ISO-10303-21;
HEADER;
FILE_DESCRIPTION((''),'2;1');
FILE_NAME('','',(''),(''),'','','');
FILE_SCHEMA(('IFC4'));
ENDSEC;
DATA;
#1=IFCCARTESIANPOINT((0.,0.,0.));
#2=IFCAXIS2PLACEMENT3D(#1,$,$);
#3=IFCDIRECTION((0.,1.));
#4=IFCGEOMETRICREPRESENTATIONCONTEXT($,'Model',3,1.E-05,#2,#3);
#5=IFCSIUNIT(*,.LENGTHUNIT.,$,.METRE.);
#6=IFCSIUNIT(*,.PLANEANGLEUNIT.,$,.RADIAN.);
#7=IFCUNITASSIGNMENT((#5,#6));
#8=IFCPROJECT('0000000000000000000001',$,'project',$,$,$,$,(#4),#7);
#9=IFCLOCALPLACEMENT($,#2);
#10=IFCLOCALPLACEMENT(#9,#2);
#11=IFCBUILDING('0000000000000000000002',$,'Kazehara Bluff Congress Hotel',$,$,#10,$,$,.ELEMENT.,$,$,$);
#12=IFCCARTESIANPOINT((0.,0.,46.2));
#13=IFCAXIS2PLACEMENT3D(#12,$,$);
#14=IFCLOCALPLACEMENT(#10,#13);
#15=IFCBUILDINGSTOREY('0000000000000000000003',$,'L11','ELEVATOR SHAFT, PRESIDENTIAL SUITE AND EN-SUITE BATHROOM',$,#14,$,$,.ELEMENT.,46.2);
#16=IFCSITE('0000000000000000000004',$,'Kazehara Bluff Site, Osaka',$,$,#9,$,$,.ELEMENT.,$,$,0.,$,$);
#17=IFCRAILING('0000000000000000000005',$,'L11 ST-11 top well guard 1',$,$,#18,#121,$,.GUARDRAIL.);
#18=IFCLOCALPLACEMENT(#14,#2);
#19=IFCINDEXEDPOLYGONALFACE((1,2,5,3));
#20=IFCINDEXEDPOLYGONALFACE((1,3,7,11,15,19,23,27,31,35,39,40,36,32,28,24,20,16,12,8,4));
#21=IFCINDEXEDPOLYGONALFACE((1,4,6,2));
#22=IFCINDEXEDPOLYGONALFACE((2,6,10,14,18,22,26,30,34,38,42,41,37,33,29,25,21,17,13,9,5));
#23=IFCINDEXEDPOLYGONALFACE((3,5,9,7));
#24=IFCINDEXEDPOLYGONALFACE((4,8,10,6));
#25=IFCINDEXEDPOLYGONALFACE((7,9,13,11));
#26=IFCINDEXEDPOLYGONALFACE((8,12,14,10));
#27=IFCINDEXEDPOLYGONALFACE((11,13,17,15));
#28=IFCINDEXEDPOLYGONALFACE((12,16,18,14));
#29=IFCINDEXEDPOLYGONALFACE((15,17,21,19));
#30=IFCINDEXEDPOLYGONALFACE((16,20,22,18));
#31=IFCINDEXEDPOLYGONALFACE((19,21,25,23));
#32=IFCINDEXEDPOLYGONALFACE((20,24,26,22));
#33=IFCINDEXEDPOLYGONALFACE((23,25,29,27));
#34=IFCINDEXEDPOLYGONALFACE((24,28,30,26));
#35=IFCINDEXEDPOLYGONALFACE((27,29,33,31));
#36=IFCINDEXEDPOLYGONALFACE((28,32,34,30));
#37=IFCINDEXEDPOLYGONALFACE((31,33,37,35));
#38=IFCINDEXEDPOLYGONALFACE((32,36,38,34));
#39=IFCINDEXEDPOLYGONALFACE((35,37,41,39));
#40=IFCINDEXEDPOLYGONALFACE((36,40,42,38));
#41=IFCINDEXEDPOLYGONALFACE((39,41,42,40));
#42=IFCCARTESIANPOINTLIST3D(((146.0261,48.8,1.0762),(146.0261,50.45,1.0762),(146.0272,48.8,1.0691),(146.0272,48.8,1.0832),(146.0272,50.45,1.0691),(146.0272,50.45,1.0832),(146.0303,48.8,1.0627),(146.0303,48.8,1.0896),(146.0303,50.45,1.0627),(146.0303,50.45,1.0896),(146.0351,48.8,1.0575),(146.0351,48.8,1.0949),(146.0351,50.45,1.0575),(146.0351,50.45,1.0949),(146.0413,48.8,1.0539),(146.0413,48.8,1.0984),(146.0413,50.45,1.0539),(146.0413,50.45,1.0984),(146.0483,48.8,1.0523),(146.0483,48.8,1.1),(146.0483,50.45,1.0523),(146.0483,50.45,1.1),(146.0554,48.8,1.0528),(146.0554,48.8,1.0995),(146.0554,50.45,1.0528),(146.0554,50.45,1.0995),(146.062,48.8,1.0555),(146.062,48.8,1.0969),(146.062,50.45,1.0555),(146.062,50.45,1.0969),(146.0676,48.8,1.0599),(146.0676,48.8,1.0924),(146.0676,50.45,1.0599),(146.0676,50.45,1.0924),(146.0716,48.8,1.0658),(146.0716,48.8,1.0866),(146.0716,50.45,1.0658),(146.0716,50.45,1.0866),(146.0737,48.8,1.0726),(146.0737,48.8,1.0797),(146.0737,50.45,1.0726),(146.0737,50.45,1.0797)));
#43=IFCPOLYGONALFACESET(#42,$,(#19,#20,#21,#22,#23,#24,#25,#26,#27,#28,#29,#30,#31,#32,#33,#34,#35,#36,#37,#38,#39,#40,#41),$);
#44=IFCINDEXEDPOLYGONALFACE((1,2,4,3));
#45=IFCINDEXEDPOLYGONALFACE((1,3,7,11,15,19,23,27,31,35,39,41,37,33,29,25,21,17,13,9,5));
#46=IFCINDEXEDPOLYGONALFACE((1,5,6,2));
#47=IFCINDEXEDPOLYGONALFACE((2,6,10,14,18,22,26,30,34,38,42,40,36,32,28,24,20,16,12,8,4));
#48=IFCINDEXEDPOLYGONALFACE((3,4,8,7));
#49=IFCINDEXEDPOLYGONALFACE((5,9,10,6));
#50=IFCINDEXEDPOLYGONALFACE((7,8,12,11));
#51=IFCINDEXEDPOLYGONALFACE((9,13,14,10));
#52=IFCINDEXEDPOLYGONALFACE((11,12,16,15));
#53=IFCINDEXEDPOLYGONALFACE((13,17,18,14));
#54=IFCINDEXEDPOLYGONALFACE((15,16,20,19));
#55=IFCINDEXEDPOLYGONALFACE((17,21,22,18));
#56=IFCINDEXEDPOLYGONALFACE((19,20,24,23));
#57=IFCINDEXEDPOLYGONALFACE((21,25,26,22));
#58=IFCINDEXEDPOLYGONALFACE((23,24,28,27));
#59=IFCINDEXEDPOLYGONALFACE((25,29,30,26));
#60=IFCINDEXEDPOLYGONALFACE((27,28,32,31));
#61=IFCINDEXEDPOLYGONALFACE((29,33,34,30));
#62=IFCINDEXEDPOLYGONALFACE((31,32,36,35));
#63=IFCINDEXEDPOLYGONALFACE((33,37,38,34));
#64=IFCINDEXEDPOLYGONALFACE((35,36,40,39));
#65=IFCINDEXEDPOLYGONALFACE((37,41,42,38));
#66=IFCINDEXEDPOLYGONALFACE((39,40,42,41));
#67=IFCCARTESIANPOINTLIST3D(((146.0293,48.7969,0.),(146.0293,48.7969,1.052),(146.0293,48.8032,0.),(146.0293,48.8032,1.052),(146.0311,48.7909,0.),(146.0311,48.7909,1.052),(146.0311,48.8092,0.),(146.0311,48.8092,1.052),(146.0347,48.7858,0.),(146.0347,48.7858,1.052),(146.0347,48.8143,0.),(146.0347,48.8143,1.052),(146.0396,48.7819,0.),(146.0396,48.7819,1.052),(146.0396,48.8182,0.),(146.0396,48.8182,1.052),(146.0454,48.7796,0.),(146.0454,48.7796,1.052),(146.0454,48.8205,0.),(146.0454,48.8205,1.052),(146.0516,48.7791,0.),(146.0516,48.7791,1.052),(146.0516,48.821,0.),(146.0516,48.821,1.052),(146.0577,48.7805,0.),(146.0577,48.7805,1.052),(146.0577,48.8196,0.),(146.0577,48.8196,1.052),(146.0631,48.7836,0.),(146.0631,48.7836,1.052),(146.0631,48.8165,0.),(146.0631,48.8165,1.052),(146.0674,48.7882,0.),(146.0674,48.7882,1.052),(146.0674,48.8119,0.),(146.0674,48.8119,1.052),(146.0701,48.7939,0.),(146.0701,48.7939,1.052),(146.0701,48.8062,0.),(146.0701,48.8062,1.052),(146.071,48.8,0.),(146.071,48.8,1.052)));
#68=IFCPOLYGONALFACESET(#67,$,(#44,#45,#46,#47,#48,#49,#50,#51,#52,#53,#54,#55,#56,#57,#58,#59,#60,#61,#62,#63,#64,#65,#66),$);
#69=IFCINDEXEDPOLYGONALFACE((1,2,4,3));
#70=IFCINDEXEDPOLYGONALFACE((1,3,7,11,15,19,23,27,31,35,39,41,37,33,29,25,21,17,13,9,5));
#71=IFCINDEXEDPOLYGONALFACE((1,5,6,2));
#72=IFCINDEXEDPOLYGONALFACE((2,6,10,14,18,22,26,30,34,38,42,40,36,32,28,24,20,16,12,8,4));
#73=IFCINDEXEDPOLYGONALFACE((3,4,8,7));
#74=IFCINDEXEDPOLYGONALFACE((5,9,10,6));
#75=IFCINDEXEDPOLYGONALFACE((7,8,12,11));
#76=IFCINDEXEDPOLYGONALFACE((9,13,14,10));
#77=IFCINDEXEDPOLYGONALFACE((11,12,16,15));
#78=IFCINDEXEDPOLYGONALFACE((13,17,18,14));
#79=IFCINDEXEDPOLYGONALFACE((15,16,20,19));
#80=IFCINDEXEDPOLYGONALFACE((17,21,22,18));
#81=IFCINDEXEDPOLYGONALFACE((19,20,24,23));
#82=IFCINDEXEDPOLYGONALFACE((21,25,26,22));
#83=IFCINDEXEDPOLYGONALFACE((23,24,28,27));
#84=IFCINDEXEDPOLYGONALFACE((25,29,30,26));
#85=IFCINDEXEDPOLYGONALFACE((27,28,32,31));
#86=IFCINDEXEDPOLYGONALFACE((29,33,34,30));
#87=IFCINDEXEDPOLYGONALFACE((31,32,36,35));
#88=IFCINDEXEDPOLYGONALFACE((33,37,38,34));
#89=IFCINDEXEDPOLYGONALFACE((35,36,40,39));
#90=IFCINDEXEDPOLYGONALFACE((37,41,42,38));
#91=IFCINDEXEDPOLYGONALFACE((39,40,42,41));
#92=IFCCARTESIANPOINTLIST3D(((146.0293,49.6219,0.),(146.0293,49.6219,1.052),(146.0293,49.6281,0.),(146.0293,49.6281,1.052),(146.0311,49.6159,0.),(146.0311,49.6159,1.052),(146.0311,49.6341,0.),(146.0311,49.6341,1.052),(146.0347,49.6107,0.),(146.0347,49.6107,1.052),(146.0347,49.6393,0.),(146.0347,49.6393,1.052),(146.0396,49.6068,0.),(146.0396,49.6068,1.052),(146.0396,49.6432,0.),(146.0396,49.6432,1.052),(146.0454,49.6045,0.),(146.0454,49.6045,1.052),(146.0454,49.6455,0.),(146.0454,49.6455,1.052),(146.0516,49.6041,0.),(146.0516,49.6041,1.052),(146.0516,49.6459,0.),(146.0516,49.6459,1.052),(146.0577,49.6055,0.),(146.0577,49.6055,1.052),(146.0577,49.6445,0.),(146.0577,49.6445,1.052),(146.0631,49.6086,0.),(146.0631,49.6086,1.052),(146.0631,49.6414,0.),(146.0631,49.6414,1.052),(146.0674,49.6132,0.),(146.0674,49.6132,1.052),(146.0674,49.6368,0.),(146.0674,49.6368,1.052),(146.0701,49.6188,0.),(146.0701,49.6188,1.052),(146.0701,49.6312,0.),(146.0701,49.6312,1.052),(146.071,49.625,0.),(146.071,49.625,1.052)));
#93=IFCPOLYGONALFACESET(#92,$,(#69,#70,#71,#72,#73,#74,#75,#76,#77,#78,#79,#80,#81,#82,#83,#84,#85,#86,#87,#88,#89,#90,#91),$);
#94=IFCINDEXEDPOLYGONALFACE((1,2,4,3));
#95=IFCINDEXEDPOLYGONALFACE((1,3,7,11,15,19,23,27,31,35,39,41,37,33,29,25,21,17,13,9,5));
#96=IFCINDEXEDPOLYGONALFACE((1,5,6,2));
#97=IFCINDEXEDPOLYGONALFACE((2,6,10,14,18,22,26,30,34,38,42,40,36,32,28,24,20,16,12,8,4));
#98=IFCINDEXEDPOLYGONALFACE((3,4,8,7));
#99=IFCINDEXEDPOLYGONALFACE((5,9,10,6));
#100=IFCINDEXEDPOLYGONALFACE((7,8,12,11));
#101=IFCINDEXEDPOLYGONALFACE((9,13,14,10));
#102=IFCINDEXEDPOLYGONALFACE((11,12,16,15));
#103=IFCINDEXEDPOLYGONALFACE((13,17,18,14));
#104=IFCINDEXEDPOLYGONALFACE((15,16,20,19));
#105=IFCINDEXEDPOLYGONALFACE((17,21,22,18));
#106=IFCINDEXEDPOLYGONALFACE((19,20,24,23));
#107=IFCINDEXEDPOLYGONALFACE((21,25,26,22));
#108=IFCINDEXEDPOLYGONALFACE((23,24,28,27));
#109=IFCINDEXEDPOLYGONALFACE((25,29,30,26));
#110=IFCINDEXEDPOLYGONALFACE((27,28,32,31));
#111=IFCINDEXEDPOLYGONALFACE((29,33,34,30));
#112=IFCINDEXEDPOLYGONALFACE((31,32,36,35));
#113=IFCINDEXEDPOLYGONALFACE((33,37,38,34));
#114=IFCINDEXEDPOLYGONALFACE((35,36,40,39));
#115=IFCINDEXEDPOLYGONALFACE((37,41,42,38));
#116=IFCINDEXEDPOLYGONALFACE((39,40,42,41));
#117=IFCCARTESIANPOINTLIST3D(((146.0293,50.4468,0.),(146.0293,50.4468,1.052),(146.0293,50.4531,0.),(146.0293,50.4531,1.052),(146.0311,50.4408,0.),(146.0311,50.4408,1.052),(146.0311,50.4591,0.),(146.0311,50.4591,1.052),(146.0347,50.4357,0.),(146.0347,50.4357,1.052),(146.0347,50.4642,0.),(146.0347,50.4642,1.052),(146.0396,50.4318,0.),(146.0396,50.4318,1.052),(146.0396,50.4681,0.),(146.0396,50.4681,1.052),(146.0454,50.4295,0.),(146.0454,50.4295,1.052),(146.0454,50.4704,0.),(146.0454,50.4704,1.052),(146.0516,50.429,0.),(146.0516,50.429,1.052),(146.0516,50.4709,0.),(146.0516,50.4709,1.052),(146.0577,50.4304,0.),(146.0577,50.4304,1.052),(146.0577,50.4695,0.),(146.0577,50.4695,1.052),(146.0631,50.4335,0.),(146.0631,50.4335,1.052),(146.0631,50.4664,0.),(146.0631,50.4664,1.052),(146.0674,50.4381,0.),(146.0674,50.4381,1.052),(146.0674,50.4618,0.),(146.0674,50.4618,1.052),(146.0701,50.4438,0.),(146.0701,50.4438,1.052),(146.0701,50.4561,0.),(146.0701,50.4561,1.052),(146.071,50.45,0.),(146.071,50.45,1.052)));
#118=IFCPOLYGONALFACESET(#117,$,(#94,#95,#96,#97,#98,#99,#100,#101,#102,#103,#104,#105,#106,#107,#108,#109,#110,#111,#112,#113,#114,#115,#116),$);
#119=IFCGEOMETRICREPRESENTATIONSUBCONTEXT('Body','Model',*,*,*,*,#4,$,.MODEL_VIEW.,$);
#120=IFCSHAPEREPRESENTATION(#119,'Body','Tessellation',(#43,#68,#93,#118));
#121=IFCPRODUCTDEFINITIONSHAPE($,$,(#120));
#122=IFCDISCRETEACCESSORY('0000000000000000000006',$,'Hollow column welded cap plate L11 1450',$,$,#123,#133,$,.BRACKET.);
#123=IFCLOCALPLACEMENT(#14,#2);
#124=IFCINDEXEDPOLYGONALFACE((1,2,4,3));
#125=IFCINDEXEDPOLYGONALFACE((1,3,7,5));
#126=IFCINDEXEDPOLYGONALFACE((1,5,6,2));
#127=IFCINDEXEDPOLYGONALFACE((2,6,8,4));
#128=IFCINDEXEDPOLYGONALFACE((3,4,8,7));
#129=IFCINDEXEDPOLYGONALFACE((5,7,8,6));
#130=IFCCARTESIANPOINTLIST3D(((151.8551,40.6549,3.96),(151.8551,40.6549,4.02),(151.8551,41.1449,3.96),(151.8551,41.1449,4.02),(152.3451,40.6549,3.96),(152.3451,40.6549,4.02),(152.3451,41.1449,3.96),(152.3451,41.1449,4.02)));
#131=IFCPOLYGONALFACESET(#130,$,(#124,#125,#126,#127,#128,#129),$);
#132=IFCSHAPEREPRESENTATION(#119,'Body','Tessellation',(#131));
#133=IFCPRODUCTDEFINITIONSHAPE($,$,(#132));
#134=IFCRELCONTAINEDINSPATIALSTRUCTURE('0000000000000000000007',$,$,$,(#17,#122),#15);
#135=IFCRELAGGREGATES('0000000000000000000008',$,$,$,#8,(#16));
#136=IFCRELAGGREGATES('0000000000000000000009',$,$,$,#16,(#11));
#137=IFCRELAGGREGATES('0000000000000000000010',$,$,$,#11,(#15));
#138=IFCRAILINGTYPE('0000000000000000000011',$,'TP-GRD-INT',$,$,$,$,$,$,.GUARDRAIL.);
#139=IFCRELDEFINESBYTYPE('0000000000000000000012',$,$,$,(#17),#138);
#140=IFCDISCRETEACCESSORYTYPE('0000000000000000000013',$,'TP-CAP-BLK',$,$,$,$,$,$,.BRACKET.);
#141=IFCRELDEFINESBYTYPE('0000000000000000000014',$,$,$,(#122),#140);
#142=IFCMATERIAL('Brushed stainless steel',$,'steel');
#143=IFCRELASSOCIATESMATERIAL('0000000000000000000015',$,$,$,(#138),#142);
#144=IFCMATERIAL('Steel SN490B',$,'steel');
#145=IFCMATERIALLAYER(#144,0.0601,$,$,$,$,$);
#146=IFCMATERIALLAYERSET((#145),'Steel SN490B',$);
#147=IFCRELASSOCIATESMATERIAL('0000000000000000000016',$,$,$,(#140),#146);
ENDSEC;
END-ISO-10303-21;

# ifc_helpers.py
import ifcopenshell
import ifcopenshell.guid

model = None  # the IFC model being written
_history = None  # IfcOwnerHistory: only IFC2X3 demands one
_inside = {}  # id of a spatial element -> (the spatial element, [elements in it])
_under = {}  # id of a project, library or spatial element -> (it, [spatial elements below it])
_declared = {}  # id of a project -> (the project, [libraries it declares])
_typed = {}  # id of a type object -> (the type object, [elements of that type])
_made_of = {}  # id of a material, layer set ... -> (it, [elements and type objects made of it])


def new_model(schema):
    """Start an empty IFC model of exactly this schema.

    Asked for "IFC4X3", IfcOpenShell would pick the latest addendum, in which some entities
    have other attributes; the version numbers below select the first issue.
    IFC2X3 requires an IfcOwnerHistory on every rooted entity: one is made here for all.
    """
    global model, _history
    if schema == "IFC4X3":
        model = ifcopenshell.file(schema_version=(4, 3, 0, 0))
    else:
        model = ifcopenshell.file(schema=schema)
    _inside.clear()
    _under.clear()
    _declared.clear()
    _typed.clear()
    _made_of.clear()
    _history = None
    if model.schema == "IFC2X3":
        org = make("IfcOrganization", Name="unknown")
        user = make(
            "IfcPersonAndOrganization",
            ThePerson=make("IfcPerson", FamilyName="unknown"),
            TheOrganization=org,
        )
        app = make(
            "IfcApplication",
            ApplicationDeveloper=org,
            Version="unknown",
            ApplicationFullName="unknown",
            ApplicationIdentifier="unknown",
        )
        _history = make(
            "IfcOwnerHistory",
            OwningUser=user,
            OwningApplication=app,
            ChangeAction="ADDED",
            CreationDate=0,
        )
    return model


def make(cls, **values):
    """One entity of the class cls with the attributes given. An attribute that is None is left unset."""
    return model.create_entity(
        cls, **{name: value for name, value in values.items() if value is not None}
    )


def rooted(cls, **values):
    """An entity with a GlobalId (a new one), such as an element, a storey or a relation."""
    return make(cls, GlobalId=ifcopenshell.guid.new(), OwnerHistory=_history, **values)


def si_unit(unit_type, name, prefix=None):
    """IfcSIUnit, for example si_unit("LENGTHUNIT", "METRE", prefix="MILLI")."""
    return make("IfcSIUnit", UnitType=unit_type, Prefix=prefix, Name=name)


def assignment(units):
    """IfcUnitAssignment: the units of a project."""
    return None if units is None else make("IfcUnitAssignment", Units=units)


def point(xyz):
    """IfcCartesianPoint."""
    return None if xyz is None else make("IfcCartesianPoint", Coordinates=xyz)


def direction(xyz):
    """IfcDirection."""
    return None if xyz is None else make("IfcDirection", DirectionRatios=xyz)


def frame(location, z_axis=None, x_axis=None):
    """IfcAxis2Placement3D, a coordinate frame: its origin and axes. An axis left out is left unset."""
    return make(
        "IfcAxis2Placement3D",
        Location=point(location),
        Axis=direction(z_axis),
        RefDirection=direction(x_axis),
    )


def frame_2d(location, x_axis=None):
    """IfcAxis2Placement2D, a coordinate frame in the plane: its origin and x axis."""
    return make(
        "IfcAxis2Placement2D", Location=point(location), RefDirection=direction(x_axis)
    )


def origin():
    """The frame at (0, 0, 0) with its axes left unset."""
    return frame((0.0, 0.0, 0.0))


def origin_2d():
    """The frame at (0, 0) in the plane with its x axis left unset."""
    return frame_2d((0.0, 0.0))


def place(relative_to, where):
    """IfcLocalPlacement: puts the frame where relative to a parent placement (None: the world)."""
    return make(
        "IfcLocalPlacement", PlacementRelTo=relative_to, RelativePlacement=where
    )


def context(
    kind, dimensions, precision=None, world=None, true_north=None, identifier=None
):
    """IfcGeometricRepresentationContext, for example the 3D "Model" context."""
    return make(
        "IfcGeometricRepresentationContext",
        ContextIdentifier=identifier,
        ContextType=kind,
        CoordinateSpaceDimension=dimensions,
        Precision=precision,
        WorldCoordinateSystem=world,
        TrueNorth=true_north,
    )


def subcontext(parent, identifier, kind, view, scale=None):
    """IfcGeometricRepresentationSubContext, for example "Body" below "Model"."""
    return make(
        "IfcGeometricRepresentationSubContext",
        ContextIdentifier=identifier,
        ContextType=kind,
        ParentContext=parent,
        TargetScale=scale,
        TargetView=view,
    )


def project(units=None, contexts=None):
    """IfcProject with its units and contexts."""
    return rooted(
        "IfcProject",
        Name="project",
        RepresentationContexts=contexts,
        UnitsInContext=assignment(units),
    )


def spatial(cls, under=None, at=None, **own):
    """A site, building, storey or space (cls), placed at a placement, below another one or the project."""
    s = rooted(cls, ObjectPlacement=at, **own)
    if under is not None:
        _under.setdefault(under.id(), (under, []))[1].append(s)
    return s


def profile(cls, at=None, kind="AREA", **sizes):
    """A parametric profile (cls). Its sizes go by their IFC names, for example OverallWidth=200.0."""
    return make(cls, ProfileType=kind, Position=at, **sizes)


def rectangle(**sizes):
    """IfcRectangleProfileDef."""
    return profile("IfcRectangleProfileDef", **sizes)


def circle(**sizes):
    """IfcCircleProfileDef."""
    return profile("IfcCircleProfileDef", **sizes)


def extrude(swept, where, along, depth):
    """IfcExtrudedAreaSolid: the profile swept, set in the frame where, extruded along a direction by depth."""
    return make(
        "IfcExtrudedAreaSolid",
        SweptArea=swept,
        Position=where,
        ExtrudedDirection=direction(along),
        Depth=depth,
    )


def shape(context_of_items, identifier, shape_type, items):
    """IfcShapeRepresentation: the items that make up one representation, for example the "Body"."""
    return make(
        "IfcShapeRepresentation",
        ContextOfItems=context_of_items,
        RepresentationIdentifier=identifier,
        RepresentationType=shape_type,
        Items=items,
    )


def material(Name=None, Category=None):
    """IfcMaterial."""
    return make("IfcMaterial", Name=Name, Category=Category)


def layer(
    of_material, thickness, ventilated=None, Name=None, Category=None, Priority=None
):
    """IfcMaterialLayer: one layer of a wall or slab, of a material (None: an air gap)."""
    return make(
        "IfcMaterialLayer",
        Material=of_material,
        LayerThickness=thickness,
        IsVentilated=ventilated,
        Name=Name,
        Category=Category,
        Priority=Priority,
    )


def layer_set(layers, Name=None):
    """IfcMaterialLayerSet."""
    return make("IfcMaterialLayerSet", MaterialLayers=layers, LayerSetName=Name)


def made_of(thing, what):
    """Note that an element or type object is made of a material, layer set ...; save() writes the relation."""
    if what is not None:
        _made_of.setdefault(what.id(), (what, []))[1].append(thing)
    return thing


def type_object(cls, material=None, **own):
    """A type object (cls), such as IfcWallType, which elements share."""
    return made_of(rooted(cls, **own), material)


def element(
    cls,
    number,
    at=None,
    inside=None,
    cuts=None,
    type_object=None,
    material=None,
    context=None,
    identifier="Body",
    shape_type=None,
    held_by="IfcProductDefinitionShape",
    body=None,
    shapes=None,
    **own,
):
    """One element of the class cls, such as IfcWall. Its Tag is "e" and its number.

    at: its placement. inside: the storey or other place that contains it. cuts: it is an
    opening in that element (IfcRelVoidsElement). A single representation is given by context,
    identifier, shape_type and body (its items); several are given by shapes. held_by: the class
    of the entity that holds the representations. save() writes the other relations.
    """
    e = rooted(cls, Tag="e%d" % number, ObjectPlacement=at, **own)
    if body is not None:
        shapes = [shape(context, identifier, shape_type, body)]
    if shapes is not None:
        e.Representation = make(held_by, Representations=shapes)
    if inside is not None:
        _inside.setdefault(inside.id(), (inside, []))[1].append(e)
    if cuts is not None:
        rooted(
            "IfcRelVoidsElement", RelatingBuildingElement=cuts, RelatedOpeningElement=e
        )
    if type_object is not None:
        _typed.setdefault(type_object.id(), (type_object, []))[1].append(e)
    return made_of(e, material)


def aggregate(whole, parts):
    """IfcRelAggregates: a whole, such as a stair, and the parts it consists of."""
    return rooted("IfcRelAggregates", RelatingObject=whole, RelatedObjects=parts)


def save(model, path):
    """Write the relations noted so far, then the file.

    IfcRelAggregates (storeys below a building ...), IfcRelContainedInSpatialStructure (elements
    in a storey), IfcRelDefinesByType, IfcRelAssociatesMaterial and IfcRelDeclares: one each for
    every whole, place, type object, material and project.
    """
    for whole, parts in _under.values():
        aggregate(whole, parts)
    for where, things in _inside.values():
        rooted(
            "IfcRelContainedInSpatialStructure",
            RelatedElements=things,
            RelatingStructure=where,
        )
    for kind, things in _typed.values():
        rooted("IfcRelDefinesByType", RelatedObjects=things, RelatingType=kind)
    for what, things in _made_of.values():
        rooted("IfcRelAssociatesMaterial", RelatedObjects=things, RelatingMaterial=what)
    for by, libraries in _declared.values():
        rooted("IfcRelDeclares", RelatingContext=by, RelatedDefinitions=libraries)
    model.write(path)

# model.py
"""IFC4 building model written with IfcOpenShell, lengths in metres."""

from ifc_helpers import new_model, si_unit, direction, frame, origin, origin_2d, place, context, subcontext, project, spatial, rectangle, circle, extrude, material, layer, layer_set, type_object, element, save


model = new_model("IFC4")

# Units and contexts
model_context = context("Model", 3, precision=1e-05, world=origin(), true_north=direction((0.0, 1.0)))
body_context = subcontext(model_context, "Body", "Model", "MODEL_VIEW")
ifc_project = project(units=[si_unit("LENGTHUNIT", "METRE"), si_unit("PLANEANGLEUNIT", "RADIAN")], contexts=[model_context])

# Site, building, storey
site_placement = place(None, origin())
site = spatial("IfcSite", under=ifc_project, at=site_placement, Name="Kazehara Bluff Site, Osaka", CompositionType="ELEMENT", RefElevation=0.0)
building_placement = place(site_placement, origin())
building = spatial("IfcBuilding", under=site, at=building_placement, Name="Kazehara Bluff Congress Hotel", CompositionType="ELEMENT")
storey_placement = place(building_placement, frame((0.0, 0.0, 46.2)))
storey = spatial("IfcBuildingStorey", under=building, at=storey_placement, Name="L11", Description="ELEVATOR SHAFT, PRESIDENTIAL SUITE AND EN-SUITE BATHROOM", CompositionType="ELEMENT", Elevation=46.2)

# Railing
ifc_material_1 = material(Name="Brushed stainless steel", Category="steel")
railing_type = type_object("IfcRailingType", Name="TP-GRD-INT", PredefinedType="GUARDRAIL", material=ifc_material_1)
railing_placement = place(storey_placement, frame((146.05, 48.8, 0.0)))
element("IfcRailing", 1, at=railing_placement, inside=storey, type_object=railing_type, Name="L11 ST-11 top well guard 1", PredefinedType="GUARDRAIL", context=body_context, shape_type="SweptSolid", body=[
    extrude(circle(Radius=0.0239, at=origin_2d()), frame((0.0, 0.0, 1.0762), z_axis=(0.0, 1.0, 0.0), x_axis=(-1.0, 0.0, 0.0)), (0.0, 0.0, 1.0), 1.6499),
    extrude(circle(Radius=0.021, at=origin_2d()), origin(), (0.0, 0.0, 1.0), 1.052),
    extrude(circle(Radius=0.021, at=origin_2d()), frame((0.0, 0.825, 0.0)), (0.0, 0.0, 1.0), 1.052),
    extrude(circle(Radius=0.021, at=origin_2d()), frame((0.0, 1.6499, 0.0)), (0.0, 0.0, 1.0), 1.052),
])

# Discrete accessory
ifc_material_2 = material(Name="Steel SN490B", Category="steel")
ifc_layer_1 = layer(ifc_material_2, 0.0601)
ifc_layer_set_1 = layer_set([ifc_layer_1], Name="Steel SN490B")
discrete_accessory_type = type_object("IfcDiscreteAccessoryType", Name="TP-CAP-BLK", PredefinedType="BRACKET", material=ifc_layer_set_1)
discrete_accessory_placement = place(storey_placement, frame((152.1001, 40.8999, 3.96), z_axis=(0.0, 0.0, 1.0), x_axis=(1.0, 0.0, 0.0)))
element("IfcDiscreteAccessory", 2, at=discrete_accessory_placement, inside=storey, type_object=discrete_accessory_type, Name="Hollow column welded cap plate L11 1450", PredefinedType="BRACKET", context=body_context, shape_type="SweptSolid", body=[
    extrude(rectangle(XDim=0.49, YDim=0.49, at=origin_2d()), origin(), (0.0, 0.0, 1.0), 0.0601),
])

save(model, "model.ifc")
